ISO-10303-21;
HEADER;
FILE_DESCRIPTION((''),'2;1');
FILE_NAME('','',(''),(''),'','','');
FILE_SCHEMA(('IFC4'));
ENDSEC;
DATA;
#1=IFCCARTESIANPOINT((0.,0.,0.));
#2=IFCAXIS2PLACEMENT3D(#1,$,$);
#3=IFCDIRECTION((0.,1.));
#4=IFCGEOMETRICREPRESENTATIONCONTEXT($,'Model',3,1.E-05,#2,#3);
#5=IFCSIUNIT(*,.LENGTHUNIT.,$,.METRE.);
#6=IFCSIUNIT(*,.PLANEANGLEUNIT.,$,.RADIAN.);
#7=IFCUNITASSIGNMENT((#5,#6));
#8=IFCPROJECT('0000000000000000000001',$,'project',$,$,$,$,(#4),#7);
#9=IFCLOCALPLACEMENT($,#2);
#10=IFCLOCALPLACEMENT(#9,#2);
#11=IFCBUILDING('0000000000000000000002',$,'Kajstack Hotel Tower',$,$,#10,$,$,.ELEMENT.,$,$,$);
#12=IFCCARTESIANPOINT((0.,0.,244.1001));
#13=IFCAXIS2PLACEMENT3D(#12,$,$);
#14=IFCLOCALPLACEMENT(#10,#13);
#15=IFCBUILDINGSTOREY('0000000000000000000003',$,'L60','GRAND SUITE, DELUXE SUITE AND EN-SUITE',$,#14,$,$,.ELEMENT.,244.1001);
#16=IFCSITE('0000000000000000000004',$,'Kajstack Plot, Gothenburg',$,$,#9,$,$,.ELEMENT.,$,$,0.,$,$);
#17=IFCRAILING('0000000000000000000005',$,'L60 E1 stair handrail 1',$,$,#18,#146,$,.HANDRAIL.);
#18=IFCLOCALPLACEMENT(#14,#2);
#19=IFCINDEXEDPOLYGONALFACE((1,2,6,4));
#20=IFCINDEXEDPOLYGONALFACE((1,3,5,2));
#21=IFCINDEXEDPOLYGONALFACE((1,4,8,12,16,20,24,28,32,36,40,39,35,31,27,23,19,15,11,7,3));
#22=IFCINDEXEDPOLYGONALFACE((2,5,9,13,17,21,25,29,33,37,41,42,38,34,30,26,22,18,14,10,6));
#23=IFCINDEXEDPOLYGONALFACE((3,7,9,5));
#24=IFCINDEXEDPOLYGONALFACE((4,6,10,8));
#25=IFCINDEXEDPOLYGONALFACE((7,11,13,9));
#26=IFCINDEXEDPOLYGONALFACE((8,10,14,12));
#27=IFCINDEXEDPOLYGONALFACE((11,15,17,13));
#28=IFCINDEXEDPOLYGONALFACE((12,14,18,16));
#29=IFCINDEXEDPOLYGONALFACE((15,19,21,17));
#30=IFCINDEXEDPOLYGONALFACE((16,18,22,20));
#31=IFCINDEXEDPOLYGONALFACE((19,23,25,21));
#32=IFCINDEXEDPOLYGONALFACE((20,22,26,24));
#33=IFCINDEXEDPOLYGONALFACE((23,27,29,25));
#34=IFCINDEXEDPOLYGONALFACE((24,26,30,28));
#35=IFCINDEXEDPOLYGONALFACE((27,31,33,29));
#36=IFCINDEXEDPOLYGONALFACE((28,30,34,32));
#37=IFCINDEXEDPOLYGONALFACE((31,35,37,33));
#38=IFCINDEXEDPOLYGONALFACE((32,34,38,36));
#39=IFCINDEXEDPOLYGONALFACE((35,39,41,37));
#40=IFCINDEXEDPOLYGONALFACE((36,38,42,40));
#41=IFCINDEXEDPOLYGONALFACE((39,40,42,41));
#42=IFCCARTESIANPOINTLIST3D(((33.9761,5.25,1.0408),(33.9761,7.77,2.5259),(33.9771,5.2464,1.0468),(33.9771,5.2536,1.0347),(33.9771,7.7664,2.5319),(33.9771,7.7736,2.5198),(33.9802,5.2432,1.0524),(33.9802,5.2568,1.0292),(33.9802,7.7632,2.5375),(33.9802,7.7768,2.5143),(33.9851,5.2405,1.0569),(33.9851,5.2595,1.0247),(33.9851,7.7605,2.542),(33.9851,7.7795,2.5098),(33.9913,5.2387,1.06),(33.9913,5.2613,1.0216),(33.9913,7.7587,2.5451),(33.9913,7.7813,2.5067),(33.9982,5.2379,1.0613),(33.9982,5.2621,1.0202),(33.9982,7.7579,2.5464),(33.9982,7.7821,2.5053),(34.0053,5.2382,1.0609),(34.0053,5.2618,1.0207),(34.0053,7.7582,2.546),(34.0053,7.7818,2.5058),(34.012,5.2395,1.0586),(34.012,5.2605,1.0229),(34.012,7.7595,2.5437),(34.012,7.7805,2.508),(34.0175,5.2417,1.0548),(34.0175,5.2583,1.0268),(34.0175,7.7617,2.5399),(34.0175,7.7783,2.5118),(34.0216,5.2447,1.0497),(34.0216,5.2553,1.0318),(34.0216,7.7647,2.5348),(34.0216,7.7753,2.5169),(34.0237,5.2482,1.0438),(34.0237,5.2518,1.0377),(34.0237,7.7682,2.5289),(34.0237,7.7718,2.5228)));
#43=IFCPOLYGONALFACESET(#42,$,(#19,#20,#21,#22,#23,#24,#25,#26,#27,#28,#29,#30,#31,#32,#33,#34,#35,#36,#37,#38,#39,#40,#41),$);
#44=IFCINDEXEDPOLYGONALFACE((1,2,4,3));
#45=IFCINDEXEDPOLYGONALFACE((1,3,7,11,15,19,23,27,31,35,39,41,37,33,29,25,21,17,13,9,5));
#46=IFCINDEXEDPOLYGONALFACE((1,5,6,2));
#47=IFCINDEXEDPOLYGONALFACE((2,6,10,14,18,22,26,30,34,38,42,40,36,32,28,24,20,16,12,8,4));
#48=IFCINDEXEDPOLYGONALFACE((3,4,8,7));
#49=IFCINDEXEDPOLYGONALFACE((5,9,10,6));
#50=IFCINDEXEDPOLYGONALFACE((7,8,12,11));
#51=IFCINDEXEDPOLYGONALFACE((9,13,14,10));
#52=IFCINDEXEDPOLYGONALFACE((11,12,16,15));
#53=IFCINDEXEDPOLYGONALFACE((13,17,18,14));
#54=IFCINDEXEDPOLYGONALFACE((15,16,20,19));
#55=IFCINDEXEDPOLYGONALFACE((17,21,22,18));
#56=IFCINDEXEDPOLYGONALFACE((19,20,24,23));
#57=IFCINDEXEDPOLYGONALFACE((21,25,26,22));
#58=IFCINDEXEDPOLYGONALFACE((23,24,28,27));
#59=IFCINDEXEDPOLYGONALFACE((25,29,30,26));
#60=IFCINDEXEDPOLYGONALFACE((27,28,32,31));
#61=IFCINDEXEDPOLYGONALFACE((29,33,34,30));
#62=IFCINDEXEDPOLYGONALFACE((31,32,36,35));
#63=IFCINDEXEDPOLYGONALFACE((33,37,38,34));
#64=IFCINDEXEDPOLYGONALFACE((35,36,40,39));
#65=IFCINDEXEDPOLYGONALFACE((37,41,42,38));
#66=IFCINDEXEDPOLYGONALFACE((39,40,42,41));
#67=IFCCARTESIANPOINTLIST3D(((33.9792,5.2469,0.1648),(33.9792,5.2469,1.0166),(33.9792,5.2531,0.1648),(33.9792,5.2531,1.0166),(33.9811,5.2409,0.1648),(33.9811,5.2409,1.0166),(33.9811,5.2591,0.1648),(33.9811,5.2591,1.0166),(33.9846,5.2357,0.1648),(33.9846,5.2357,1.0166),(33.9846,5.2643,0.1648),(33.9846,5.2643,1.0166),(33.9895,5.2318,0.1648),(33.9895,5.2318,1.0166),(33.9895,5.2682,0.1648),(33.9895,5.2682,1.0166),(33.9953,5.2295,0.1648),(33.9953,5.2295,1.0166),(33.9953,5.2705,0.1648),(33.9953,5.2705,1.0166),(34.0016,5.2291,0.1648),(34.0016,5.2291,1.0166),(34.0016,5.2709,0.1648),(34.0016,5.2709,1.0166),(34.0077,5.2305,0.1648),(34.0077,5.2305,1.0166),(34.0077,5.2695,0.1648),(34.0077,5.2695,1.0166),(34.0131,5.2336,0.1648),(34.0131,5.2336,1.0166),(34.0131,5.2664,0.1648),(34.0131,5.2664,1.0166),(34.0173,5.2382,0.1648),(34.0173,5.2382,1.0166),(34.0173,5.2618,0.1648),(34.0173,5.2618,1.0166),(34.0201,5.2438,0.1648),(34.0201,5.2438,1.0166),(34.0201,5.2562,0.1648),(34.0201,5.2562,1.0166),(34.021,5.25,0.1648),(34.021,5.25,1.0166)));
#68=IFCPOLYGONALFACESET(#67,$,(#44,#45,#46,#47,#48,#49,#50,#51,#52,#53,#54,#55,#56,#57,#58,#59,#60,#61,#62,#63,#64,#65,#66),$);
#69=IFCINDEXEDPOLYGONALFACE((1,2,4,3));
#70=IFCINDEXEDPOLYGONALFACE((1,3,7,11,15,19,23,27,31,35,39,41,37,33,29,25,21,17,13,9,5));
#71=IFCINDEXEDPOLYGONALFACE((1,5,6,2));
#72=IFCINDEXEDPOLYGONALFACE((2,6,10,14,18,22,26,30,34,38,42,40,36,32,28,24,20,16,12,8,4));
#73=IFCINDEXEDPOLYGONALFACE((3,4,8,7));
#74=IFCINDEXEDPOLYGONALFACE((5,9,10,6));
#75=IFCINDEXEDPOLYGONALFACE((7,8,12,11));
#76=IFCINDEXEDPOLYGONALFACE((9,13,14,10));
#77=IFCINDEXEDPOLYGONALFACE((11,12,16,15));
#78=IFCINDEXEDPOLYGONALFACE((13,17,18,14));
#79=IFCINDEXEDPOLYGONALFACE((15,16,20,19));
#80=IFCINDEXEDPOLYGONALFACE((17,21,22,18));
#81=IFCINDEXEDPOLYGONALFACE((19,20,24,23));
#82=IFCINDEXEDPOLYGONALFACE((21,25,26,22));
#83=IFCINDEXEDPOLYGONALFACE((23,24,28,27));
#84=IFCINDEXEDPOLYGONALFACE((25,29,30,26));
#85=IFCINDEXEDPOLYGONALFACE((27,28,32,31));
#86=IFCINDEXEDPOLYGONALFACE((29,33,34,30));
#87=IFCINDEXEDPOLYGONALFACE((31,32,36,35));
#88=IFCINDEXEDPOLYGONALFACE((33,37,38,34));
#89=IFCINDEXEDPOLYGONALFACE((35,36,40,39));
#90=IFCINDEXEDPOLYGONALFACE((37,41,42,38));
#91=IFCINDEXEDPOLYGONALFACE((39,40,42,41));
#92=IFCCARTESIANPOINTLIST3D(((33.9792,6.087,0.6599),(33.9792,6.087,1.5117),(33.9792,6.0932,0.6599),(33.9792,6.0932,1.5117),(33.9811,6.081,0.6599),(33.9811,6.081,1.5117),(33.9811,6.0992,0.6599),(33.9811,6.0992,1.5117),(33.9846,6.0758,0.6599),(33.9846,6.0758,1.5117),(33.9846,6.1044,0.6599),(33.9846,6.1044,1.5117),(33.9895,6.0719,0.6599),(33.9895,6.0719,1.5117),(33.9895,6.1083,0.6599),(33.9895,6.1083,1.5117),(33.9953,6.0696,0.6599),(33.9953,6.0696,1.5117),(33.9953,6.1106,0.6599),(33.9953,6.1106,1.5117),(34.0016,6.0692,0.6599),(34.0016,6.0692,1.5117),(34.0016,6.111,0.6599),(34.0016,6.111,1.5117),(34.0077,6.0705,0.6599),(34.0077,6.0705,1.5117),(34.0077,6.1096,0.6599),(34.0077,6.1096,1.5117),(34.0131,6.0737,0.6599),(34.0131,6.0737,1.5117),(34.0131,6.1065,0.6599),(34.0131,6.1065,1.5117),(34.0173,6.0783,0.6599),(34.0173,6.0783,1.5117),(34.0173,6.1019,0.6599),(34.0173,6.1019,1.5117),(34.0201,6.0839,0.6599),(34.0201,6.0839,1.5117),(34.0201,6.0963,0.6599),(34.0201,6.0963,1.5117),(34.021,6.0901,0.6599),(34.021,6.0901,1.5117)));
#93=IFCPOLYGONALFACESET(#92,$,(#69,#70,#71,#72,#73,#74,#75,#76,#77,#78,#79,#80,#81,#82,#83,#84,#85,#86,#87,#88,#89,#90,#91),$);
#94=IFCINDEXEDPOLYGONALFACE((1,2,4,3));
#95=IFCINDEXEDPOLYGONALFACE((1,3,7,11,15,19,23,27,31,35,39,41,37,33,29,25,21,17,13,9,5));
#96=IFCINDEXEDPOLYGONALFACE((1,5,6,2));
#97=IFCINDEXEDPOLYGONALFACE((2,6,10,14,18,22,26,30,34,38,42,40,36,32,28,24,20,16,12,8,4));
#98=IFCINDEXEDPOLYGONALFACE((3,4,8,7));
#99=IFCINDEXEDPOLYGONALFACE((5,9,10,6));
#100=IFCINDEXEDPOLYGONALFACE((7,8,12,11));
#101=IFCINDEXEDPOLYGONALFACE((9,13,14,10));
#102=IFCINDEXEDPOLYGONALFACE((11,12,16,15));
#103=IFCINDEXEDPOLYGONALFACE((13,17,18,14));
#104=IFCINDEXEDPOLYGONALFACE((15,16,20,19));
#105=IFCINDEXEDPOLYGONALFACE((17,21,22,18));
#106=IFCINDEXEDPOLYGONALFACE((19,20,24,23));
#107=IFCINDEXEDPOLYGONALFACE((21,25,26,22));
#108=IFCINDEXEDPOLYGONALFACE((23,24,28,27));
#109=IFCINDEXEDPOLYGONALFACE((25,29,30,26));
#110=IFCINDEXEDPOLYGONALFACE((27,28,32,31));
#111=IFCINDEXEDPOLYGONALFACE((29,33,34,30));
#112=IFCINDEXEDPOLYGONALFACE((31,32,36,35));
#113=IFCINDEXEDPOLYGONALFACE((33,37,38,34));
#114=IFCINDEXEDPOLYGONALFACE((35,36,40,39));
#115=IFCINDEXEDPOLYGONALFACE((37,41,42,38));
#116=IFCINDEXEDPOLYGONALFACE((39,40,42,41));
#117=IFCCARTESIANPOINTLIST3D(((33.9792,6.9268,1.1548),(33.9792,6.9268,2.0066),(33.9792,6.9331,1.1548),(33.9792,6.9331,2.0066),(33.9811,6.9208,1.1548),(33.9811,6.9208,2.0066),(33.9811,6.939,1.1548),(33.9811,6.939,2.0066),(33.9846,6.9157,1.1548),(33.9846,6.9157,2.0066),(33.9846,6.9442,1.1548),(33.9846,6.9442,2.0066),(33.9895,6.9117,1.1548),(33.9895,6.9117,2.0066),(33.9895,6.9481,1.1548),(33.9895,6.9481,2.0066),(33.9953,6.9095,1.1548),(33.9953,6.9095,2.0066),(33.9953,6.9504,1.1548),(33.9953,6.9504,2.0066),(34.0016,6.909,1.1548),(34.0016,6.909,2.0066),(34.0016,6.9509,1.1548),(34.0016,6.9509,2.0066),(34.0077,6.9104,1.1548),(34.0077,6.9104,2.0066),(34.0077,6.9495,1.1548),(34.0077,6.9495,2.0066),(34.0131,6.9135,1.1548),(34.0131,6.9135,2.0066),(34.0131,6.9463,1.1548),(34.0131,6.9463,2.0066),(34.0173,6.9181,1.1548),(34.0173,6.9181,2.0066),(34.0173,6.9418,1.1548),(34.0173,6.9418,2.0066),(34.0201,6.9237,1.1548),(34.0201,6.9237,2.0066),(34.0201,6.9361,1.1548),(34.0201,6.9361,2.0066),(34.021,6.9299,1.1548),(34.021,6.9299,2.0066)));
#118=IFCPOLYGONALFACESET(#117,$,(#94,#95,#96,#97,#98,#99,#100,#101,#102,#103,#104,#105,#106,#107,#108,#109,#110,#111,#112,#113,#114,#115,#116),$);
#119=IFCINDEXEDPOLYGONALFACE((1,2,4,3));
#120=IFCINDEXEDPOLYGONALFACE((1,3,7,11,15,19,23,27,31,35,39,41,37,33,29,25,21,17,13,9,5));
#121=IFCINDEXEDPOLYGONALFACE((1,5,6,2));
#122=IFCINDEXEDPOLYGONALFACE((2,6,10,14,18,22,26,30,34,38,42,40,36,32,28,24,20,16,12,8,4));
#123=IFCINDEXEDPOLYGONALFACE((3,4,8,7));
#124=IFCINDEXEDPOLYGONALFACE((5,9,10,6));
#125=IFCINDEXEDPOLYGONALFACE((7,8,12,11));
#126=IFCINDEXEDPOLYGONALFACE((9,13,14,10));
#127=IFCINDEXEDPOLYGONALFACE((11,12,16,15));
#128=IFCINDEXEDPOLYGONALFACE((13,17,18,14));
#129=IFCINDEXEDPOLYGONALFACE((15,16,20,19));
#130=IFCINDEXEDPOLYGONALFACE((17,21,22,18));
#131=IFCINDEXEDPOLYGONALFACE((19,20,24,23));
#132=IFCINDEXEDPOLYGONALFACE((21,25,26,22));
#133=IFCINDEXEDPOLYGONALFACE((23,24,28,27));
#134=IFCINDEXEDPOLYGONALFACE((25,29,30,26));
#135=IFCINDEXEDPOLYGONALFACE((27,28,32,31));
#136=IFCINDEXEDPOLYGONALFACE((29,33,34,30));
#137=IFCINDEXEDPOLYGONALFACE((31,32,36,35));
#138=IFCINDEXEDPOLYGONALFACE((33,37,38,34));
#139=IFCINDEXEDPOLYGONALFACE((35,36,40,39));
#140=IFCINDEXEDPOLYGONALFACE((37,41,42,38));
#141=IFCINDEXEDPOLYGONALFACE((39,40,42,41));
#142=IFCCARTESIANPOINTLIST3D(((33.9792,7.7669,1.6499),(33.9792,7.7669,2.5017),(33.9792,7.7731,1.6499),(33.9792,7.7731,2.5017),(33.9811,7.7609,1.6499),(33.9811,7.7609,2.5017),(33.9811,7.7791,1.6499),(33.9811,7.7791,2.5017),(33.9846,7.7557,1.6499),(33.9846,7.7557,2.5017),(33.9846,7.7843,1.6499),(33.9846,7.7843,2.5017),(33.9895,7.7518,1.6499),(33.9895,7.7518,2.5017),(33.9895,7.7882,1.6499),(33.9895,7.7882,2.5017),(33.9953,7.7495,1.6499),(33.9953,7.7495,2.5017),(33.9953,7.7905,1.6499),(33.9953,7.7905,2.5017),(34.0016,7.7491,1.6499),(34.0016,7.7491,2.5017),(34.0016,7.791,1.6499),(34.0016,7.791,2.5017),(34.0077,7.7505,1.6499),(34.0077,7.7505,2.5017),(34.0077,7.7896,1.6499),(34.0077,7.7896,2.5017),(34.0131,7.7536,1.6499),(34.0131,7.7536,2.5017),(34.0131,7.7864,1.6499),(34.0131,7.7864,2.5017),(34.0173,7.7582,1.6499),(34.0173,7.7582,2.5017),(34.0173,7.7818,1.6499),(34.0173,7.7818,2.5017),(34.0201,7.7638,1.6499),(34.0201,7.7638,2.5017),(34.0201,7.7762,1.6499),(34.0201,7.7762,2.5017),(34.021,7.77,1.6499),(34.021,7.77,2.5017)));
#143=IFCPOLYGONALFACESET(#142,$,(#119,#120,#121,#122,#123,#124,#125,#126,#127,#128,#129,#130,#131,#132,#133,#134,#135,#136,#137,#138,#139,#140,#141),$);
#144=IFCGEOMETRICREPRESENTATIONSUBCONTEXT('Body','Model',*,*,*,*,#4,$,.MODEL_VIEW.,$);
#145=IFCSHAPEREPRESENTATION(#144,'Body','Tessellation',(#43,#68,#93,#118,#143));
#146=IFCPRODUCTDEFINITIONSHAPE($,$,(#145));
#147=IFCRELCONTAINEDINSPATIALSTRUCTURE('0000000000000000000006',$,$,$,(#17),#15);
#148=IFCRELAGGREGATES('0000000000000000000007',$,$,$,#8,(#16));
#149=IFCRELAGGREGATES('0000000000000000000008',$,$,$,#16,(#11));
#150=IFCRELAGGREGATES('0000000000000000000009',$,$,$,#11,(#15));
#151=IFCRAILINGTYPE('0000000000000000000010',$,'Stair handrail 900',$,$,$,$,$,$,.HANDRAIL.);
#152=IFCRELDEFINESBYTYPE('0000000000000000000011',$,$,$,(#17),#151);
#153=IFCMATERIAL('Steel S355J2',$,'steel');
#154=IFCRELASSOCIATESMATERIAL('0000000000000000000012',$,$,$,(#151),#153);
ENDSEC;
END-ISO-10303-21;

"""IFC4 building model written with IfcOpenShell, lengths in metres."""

from ifc_helpers import new_model, si_unit, direction, frame, origin, origin_2d, place, context, subcontext, project, spatial, circle, extrude, material, type_object, element, save


model = new_model("IFC4")

# Units and contexts
model_context = context("Model", 3, precision=1e-05, world=origin(), true_north=direction((0.0, 1.0)))
body_context = subcontext(model_context, "Body", "Model", "MODEL_VIEW")
ifc_project = project(units=[si_unit("LENGTHUNIT", "METRE"), si_unit("PLANEANGLEUNIT", "RADIAN")], contexts=[model_context])

# Site, building, storey
site_placement = place(None, origin())
site = spatial("IfcSite", under=ifc_project, at=site_placement, Name="Kajstack Plot, Gothenburg", CompositionType="ELEMENT", RefElevation=0.0)
building_placement = place(site_placement, origin())
building = spatial("IfcBuilding", under=site, at=building_placement, Name="Kajstack Hotel Tower", CompositionType="ELEMENT")
storey_placement = place(building_placement, frame((0.0, 0.0, 244.1001)))
storey = spatial("IfcBuildingStorey", under=building, at=storey_placement, Name="L60", Description="GRAND SUITE, DELUXE SUITE AND EN-SUITE", CompositionType="ELEMENT", Elevation=244.1001)

# Railing
ifc_material_1 = material(Name="Steel S355J2", Category="steel")
railing_type_1 = type_object("IfcRailingType", Name="Stair handrail 900", PredefinedType="HANDRAIL", material=ifc_material_1)
railing_1_placement = place(storey_placement, frame((34.0, 5.25, 0.1648)))
element("IfcRailing", 1, at=railing_1_placement, inside=storey, type_object=railing_type_1, Name="L60 E1 stair handrail 1", PredefinedType="HANDRAIL", context=body_context, shape_type="SweptSolid", body=[
    extrude(circle(Radius=0.0239, at=origin_2d()), frame((0.0, 0.0, 0.876), z_axis=(0.0, 0.861524, 0.507717), x_axis=(-1.0, 0.0, 0.0)), (0.0, 0.0, 1.0), 2.925),
    extrude(circle(Radius=0.021, at=origin_2d()), origin(), (0.0, 0.0, 1.0), 0.8518),
    extrude(circle(Radius=0.021, at=origin_2d()), frame((0.0, 0.8401, 0.4951)), (0.0, 0.0, 1.0), 0.8518),
    extrude(circle(Radius=0.021, at=origin_2d()), frame((0.0, 1.6799, 0.99)), (0.0, 0.0, 1.0), 0.8518),
    extrude(circle(Radius=0.021, at=origin_2d()), frame((0.0, 2.52, 1.4851)), (0.0, 0.0, 1.0), 0.8518),
])

save(model, "model.ifc")
